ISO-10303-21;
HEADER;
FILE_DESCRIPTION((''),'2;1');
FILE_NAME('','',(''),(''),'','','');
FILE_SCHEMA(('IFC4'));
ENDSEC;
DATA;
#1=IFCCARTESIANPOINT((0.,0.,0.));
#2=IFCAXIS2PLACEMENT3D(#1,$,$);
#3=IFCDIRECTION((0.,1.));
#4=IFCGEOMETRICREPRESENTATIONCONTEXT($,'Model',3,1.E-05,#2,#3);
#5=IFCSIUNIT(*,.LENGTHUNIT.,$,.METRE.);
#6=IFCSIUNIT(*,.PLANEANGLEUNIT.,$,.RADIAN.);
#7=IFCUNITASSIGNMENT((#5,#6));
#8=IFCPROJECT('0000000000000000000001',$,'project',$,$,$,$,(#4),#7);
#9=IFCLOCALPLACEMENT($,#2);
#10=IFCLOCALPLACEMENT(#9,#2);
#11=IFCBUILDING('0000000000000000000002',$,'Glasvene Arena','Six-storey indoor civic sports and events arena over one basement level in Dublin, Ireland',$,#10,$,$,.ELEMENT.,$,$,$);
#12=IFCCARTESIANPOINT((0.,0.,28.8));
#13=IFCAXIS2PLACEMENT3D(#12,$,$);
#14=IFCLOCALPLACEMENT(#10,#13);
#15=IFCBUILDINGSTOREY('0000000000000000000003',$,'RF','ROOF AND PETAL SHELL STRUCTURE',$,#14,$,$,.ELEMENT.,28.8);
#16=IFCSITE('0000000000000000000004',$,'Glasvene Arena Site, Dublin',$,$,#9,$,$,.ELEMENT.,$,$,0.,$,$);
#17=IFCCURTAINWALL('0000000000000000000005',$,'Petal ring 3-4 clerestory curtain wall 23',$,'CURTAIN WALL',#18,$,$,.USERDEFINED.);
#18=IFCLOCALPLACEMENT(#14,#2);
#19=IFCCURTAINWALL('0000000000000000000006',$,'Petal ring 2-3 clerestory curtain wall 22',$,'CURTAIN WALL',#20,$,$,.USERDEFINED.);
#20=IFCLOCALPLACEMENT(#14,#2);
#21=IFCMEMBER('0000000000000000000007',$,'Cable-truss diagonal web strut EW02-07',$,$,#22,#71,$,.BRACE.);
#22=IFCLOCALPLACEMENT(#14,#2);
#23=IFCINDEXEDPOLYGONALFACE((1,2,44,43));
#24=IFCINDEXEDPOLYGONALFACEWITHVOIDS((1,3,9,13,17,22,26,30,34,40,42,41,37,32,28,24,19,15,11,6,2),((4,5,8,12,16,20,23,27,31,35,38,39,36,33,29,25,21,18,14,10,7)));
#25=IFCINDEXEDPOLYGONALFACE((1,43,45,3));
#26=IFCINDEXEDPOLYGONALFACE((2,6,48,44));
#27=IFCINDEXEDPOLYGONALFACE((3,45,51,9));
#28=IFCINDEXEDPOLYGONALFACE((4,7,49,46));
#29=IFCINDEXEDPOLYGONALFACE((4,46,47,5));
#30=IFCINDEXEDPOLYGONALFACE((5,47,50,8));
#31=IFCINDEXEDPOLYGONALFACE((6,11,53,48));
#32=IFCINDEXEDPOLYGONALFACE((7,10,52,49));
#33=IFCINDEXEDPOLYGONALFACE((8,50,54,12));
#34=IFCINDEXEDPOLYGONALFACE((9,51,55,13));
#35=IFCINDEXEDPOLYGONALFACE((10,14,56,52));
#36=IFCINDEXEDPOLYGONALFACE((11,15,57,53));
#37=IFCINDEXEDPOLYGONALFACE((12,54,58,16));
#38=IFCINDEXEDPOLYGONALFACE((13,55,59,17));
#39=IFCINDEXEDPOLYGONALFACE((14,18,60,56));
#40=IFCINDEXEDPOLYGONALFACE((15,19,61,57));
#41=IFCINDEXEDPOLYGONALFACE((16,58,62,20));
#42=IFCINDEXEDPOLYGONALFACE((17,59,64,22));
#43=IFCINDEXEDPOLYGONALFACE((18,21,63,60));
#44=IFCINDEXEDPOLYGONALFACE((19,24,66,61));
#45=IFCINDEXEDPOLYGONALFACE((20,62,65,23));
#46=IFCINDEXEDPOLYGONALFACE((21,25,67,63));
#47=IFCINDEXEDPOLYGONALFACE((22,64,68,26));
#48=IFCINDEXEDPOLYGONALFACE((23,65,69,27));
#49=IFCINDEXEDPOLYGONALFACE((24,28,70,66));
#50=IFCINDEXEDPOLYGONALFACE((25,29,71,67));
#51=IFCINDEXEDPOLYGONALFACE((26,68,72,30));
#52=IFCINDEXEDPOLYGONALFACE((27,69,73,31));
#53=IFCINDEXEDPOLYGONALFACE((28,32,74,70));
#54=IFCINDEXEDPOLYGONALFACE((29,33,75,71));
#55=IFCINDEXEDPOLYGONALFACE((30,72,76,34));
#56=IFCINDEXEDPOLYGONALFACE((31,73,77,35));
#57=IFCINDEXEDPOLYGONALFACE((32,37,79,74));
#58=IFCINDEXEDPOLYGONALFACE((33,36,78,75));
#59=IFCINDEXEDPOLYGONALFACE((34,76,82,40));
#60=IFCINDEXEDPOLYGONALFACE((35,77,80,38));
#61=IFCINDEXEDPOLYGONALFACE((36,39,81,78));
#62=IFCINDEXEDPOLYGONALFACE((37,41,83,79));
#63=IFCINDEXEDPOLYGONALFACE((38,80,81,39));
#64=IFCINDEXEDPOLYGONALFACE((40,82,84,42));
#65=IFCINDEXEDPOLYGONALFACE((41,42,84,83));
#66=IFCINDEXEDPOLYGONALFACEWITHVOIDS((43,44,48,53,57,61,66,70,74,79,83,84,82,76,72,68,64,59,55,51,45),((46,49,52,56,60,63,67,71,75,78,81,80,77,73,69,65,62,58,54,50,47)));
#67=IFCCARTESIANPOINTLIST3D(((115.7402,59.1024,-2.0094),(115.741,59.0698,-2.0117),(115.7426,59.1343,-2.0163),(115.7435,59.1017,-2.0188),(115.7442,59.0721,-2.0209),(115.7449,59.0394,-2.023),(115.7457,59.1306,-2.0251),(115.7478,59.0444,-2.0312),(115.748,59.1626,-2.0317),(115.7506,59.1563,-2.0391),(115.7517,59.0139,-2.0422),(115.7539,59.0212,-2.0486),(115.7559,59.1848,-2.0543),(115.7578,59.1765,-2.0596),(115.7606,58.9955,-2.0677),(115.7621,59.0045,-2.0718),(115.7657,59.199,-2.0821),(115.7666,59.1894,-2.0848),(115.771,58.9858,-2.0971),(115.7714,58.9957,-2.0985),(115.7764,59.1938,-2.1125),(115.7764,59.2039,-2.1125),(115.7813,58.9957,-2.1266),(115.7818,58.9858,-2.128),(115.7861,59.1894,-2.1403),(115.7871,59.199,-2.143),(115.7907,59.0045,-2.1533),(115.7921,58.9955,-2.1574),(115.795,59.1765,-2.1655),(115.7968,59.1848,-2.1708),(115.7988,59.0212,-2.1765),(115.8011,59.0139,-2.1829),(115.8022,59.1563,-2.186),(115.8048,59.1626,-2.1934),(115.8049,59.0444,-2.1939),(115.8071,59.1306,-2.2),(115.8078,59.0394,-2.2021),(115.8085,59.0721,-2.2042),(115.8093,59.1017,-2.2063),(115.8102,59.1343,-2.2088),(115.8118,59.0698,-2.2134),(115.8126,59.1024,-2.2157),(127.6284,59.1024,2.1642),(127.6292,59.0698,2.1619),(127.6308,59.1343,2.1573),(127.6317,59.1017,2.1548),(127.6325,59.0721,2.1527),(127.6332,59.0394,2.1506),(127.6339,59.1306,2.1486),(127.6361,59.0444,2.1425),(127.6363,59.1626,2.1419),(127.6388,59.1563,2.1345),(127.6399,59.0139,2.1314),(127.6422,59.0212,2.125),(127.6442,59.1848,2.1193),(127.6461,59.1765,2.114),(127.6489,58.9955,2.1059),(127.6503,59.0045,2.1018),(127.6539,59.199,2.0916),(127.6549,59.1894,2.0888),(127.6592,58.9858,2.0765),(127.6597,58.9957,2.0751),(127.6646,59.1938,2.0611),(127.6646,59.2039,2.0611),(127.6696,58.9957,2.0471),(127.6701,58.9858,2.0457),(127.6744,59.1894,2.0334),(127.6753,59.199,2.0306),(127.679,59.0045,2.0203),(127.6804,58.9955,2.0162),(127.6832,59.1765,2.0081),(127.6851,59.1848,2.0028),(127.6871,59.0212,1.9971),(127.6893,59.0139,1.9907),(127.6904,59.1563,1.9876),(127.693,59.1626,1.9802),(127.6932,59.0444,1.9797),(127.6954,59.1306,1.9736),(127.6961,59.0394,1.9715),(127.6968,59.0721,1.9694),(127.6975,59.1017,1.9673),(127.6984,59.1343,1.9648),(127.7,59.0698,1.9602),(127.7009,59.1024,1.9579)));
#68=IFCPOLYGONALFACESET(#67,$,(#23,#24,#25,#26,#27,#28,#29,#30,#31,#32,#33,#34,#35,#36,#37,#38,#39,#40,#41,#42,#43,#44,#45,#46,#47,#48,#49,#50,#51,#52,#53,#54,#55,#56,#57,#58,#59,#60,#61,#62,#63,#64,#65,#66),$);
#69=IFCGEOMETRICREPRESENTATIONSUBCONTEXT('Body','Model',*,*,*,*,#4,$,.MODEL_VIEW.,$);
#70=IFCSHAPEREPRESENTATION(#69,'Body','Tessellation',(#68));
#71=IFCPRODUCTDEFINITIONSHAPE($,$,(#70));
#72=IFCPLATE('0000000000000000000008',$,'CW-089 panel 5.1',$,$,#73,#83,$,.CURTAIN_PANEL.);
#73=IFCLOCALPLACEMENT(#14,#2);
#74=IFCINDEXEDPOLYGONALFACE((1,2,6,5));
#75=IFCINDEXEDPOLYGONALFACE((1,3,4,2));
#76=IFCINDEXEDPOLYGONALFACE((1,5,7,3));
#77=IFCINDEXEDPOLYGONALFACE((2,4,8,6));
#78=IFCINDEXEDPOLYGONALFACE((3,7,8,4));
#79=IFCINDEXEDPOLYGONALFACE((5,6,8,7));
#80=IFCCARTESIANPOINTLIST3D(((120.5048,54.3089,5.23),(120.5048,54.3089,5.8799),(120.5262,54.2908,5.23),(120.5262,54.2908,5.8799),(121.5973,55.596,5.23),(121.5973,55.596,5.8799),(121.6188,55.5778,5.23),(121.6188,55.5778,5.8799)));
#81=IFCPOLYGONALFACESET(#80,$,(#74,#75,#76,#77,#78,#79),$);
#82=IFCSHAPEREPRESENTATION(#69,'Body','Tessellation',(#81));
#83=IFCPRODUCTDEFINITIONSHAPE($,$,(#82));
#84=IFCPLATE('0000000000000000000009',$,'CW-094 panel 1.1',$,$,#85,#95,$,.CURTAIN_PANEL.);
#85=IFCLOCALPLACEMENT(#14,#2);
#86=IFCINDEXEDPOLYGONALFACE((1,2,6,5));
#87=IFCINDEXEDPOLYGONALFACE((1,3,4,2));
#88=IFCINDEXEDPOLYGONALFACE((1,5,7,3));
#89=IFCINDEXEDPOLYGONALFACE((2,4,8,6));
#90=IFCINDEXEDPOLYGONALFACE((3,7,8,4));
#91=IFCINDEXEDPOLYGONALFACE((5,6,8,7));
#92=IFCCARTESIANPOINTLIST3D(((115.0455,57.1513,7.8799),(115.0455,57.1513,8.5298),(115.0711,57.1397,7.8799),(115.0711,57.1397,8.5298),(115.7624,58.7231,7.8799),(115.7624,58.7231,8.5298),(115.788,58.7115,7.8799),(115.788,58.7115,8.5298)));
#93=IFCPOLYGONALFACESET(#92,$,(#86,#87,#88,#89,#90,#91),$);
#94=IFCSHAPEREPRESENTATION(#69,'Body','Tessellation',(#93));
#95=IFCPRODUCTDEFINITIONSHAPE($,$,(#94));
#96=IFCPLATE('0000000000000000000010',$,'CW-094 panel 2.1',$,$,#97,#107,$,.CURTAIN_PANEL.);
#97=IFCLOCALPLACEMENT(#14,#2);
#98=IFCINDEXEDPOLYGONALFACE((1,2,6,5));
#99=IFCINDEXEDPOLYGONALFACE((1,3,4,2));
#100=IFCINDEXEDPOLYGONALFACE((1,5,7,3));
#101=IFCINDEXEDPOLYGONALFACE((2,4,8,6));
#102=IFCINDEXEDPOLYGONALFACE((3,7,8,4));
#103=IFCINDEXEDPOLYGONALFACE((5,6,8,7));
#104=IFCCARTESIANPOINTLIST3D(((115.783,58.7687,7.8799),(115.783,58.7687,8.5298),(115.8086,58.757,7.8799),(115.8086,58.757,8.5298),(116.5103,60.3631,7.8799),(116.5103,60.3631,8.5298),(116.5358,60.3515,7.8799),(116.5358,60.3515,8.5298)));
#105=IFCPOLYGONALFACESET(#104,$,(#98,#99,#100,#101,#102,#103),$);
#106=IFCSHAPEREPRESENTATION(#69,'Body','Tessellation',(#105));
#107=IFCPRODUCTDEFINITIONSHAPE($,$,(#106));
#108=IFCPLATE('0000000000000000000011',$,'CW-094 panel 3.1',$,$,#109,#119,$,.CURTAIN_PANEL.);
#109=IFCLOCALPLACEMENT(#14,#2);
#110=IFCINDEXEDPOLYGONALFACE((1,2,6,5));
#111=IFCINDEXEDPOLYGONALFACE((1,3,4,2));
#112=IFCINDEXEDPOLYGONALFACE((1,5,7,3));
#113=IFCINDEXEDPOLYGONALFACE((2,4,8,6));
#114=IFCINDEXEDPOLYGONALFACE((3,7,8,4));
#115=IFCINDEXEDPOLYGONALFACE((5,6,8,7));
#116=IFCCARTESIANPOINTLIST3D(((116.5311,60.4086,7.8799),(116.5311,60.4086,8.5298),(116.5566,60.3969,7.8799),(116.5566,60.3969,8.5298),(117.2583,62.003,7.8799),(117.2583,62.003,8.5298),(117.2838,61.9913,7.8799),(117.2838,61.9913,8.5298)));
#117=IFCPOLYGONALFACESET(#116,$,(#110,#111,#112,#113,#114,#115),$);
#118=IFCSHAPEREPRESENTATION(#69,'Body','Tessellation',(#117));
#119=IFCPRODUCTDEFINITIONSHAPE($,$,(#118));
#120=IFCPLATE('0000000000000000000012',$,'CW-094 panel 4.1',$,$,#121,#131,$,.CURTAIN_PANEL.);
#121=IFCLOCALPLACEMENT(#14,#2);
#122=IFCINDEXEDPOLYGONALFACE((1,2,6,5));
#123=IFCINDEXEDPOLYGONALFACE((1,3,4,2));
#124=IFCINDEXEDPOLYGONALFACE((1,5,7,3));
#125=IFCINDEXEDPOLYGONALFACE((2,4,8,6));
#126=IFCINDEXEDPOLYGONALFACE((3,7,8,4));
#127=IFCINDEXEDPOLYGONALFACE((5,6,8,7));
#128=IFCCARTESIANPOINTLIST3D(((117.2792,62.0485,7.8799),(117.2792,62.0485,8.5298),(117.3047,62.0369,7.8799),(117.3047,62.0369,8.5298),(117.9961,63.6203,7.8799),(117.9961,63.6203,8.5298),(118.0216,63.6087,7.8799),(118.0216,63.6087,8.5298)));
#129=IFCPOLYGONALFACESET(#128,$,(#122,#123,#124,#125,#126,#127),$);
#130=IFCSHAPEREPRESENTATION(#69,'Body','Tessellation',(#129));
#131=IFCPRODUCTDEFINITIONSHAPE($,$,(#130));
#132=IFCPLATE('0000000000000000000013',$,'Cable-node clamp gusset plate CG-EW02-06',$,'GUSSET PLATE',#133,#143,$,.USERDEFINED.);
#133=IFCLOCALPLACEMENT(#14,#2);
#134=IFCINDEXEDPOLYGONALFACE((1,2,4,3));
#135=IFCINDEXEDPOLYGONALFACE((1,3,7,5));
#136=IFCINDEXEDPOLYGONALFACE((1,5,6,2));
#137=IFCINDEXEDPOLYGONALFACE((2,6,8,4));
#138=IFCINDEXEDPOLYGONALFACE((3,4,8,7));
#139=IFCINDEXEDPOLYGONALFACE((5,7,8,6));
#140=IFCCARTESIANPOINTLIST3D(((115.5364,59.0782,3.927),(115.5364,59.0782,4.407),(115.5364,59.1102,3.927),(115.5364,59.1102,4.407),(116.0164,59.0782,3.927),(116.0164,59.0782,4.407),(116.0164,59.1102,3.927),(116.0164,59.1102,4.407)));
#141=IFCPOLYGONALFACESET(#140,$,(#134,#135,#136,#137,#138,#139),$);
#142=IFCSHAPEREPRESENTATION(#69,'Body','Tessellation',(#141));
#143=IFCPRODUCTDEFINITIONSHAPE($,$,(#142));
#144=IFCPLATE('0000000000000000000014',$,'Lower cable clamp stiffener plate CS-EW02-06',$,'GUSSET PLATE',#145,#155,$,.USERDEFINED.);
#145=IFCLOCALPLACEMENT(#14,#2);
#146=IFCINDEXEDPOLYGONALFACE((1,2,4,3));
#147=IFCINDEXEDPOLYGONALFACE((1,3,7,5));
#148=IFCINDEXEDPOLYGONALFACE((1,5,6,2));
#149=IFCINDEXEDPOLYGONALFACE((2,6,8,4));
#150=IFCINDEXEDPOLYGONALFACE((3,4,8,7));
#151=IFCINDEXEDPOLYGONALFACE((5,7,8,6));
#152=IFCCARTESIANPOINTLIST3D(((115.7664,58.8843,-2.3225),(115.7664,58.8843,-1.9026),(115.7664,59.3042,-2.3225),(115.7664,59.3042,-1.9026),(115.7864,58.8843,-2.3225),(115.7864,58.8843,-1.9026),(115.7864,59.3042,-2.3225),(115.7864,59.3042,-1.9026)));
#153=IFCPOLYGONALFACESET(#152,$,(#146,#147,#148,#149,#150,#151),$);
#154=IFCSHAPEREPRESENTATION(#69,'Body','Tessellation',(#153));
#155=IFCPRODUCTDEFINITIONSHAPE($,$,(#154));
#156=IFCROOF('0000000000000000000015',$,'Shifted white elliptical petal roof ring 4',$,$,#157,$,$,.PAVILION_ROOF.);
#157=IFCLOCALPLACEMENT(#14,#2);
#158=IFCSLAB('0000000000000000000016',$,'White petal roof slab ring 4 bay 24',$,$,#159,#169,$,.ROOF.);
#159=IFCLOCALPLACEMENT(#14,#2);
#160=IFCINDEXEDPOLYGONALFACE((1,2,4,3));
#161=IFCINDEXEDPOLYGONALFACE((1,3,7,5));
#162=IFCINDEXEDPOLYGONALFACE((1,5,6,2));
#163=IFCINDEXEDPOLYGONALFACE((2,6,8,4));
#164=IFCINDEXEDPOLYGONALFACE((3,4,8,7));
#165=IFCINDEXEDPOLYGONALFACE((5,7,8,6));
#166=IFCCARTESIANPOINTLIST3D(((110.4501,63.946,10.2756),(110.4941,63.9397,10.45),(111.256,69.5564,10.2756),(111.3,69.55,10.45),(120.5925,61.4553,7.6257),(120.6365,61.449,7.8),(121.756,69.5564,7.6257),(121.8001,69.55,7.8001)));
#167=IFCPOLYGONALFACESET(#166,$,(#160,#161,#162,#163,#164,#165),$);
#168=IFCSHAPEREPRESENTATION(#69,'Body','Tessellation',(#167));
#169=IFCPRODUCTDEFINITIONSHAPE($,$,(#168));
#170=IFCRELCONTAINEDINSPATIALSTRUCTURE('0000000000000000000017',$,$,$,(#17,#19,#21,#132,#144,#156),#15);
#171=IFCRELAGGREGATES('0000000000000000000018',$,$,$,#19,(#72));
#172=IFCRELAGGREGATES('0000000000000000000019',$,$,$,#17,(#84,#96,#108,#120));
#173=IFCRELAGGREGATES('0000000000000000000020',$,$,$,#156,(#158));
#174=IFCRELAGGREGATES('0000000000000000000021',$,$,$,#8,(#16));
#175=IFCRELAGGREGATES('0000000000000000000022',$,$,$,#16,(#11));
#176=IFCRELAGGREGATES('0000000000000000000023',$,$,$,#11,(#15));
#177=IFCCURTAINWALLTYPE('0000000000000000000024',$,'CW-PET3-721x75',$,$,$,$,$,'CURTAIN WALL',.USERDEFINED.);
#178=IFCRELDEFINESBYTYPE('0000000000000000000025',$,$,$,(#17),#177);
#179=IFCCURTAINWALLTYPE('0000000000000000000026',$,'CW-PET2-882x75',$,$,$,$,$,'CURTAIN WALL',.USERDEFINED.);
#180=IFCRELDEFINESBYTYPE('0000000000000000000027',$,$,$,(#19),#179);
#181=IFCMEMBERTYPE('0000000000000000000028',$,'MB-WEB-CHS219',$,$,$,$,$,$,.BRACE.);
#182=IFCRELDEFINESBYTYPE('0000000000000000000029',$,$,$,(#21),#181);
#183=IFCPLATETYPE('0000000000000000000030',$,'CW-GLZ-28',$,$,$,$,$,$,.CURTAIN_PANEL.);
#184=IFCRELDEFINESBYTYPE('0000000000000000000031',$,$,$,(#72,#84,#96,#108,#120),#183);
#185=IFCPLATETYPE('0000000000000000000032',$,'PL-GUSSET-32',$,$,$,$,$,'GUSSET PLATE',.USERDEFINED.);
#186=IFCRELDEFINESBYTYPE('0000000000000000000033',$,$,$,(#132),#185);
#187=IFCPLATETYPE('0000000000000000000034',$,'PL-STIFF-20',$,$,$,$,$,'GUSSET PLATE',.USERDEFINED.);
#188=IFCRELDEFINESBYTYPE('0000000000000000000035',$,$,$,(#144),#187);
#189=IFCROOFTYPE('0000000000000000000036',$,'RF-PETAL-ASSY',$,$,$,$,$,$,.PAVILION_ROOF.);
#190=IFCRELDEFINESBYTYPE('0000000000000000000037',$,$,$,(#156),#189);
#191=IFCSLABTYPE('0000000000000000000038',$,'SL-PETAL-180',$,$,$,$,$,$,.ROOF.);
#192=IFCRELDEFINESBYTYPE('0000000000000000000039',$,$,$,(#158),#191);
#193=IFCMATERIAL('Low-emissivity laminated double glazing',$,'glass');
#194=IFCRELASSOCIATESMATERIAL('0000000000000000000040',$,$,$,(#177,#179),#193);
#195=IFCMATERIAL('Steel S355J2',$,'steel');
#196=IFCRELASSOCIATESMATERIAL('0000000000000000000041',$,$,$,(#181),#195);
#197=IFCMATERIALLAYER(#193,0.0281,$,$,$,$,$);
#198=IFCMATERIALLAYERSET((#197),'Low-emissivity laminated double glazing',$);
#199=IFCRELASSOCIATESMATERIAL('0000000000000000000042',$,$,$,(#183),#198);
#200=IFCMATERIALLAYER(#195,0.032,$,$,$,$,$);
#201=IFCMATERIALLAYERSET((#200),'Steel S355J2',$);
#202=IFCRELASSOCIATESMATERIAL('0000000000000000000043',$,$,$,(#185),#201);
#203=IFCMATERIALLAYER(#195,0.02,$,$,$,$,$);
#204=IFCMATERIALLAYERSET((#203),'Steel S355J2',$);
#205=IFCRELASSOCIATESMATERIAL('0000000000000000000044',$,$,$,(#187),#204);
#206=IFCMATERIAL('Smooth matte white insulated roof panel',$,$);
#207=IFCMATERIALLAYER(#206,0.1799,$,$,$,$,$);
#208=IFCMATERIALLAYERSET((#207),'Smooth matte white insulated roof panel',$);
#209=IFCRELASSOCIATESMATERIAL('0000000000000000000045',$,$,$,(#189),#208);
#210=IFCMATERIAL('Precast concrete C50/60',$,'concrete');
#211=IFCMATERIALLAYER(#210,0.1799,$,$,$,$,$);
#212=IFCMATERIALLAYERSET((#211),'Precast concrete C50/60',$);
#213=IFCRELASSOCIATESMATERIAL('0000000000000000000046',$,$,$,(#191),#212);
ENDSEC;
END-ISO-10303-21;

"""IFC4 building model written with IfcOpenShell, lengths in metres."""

from ifc_helpers import new_model, si_unit, direction, frame, origin, origin_2d, place, context, subcontext, project, spatial, polyline, rectangle, hollow_circle, outline, extrude, material, layer, layer_set, material_profile, profile_set, type_object, element, aggregate, save


model = new_model("IFC4")

# Units and contexts
model_context = context("Model", 3, precision=1e-05, world=origin(), true_north=direction((0.0, 1.0)))
body_context = subcontext(model_context, "Body", "Model", "MODEL_VIEW")
ifc_project = project(units=[si_unit("LENGTHUNIT", "METRE"), si_unit("PLANEANGLEUNIT", "RADIAN")], contexts=[model_context])

# Site, building, storey
site_placement = place(None, origin())
site = spatial("IfcSite", under=ifc_project, at=site_placement, Name="Glasvene Arena Site, Dublin", CompositionType="ELEMENT", RefElevation=0.0)
building_placement = place(site_placement, origin())
building = spatial("IfcBuilding", under=site, at=building_placement, Name="Glasvene Arena", Description="Six-storey indoor civic sports and events arena over one basement level in Dublin, Ireland", CompositionType="ELEMENT")
storey_placement = place(building_placement, frame((0.0, 0.0, 28.8)))
storey = spatial("IfcBuildingStorey", under=building, at=storey_placement, Name="RF", Description="ROOF AND PETAL SHELL STRUCTURE", CompositionType="ELEMENT", Elevation=28.8)

# Shared definitions
ifc_material_1 = material(Name="Low-emissivity laminated double glazing", Category="glass")

# Curtain walls
curtain_wall_type_1 = type_object("IfcCurtainWallType", Name="CW-PET3-721x75", ElementType="CURTAIN WALL", PredefinedType="USERDEFINED", material=ifc_material_1)
curtain_wall_1_placement = place(storey_placement, frame((115.0376, 57.1001, 0.0)))
curtain_wall_1 = element("IfcCurtainWall", 1, at=curtain_wall_1_placement, inside=storey, type_object=curtain_wall_type_1, Name="Petal ring 3-4 clerestory curtain wall 23", ObjectType="CURTAIN WALL", PredefinedType="USERDEFINED")
curtain_wall_type_2 = type_object("IfcCurtainWallType", Name="CW-PET2-882x75", ElementType="CURTAIN WALL", PredefinedType="USERDEFINED", material=ifc_material_1)
curtain_wall_2_placement = place(storey_placement, frame((115.9351, 48.9043, 0.0)))
curtain_wall_2 = element("IfcCurtainWall", 2, at=curtain_wall_2_placement, inside=storey, type_object=curtain_wall_type_2, Name="Petal ring 2-3 clerestory curtain wall 22", ObjectType="CURTAIN WALL", PredefinedType="USERDEFINED")

# Member
ifc_material_2 = material(Name="Steel S355J2", Category="steel")
ifc_material_profile_1 = material_profile(ifc_material_2, hollow_circle(Radius=0.1096, WallThickness=0.01, at=origin_2d()), Name="CHS 219.1x10.0")
ifc_profile_set_1 = profile_set([ifc_material_profile_1], Name="Steel S355J2")
member_type_1 = type_object("IfcMemberType", Name="MB-WEB-CHS219", PredefinedType="BRACE", material=ifc_profile_set_1)
member_1_placement = place(storey_placement, frame((115.7764, 59.0942, -2.1125), z_axis=(0.943543, 0.0, 0.33125), x_axis=(0.0, 1.0, 0.0)))
element("IfcMember", 3, at=member_1_placement, inside=storey, type_object=member_type_1, Name="Cable-truss diagonal web strut EW02-07", PredefinedType="BRACE", context=body_context, shape_type="SweptSolid", body=[
    extrude(hollow_circle(Radius=0.1096, WallThickness=0.01, at=origin_2d()), origin(), (0.0, 0.0, 1.0), 12.5996),
])

# Plates
ifc_layer_1 = layer(ifc_material_1, 0.0281)
ifc_layer_set_1 = layer_set([ifc_layer_1], Name="Low-emissivity laminated double glazing")
plate_type_1 = type_object("IfcPlateType", Name="CW-GLZ-28", PredefinedType="CURTAIN_PANEL", material=ifc_layer_set_1)
plate_1_placement = place(storey_placement, frame((121.0618, 54.9434, 5.23), z_axis=(0.0, 0.0, 1.0), x_axis=(0.647167, 0.762348, 0.0)))
plate_1 = element("IfcPlate", 4, at=plate_1_placement, type_object=plate_type_1, Name="CW-089 panel 5.1", PredefinedType="CURTAIN_PANEL", context=body_context, shape_type="SweptSolid", body=[
    extrude(rectangle(XDim=1.6882, YDim=0.0281, at=origin_2d()), origin(), (0.0, 0.0, 1.0), 0.6499),
])
aggregate(curtain_wall_2, [plate_1])
plate_2_placement = place(storey_placement, frame((115.4167, 57.9314, 7.8799), z_axis=(0.0, 0.0, 1.0), x_axis=(0.414968, 0.909836, 0.0)))
plate_2 = element("IfcPlate", 5, at=plate_2_placement, type_object=plate_type_1, Name="CW-094 panel 1.1", PredefinedType="CURTAIN_PANEL", context=body_context, shape_type="SweptSolid", body=[
    extrude(rectangle(XDim=1.7275, YDim=0.0281, at=origin_2d()), origin(), (0.0, 0.0, 1.0), 0.6499),
])
plate_3_placement = place(storey_placement, frame((116.1594, 59.5601, 7.8799), z_axis=(0.0, 0.0, 1.0), x_axis=(0.414968, 0.909836, 0.0)))
plate_3 = element("IfcPlate", 6, at=plate_3_placement, type_object=plate_type_1, Name="CW-094 panel 2.1", PredefinedType="CURTAIN_PANEL", context=body_context, shape_type="SweptSolid", body=[
    extrude(rectangle(XDim=1.7524, YDim=0.0281, at=origin_2d()), origin(), (0.0, 0.0, 1.0), 0.6499),
])
plate_4_placement = place(storey_placement, frame((116.9075, 61.2, 7.8799), z_axis=(0.0, 0.0, 1.0), x_axis=(0.414968, 0.909836, 0.0)))
plate_4 = element("IfcPlate", 7, at=plate_4_placement, type_object=plate_type_1, Name="CW-094 panel 3.1", PredefinedType="CURTAIN_PANEL", context=body_context, shape_type="SweptSolid", body=[
    extrude(rectangle(XDim=1.7524, YDim=0.0281, at=origin_2d()), origin(), (0.0, 0.0, 1.0), 0.6499),
])
plate_5_placement = place(storey_placement, frame((117.6504, 62.8286, 7.8799), z_axis=(0.0, 0.0, 1.0), x_axis=(0.414968, 0.909836, 0.0)))
plate_5 = element("IfcPlate", 8, at=plate_5_placement, type_object=plate_type_1, Name="CW-094 panel 4.1", PredefinedType="CURTAIN_PANEL", context=body_context, shape_type="SweptSolid", body=[
    extrude(rectangle(XDim=1.7275, YDim=0.0281, at=origin_2d()), origin(), (0.0, 0.0, 1.0), 0.6499),
])
aggregate(curtain_wall_1, [plate_2, plate_3, plate_4, plate_5])

# Plates
ifc_layer_2 = layer(ifc_material_2, 0.032)
ifc_layer_set_2 = layer_set([ifc_layer_2], Name="Steel S355J2")
plate_type_2 = type_object("IfcPlateType", Name="PL-GUSSET-32", ElementType="GUSSET PLATE", PredefinedType="USERDEFINED", material=ifc_layer_set_2)
plate_6_placement = place(storey_placement, frame((115.7764, 59.0942, 3.927), z_axis=(0.0, 0.0, 1.0), x_axis=(1.0, 0.0, 0.0)))
element("IfcPlate", 9, at=plate_6_placement, inside=storey, type_object=plate_type_2, Name="Cable-node clamp gusset plate CG-EW02-06", ObjectType="GUSSET PLATE", PredefinedType="USERDEFINED", context=body_context, shape_type="SweptSolid", body=[
    extrude(rectangle(XDim=0.48, YDim=0.032, at=origin_2d()), origin(), (0.0, 0.0, 1.0), 0.48),
])
ifc_layer_3 = layer(ifc_material_2, 0.02)
ifc_layer_set_3 = layer_set([ifc_layer_3], Name="Steel S355J2")
plate_type_3 = type_object("IfcPlateType", Name="PL-STIFF-20", ElementType="GUSSET PLATE", PredefinedType="USERDEFINED", material=ifc_layer_set_3)
plate_7_placement = place(storey_placement, frame((115.7764, 59.0942, -2.3225), z_axis=(0.0, 0.0, 1.0), x_axis=(1.0, 0.0, 0.0)))
element("IfcPlate", 10, at=plate_7_placement, inside=storey, type_object=plate_type_3, Name="Lower cable clamp stiffener plate CS-EW02-06", ObjectType="GUSSET PLATE", PredefinedType="USERDEFINED", context=body_context, shape_type="SweptSolid", body=[
    extrude(rectangle(XDim=0.02, YDim=0.4199, at=origin_2d()), origin(), (0.0, 0.0, 1.0), 0.4199),
])

# Roof, slab
ifc_material_3 = material(Name="Smooth matte white insulated roof panel")
ifc_layer_4 = layer(ifc_material_3, 0.1799)
ifc_layer_set_4 = layer_set([ifc_layer_4], Name="Smooth matte white insulated roof panel")
roof_type = type_object("IfcRoofType", Name="RF-PETAL-ASSY", PredefinedType="PAVILION_ROOF", material=ifc_layer_set_4)
roof_placement = place(storey_placement, frame((87.6499, 69.55, 7.8)))
roof = element("IfcRoof", 11, at=roof_placement, inside=storey, type_object=roof_type, Name="Shifted white elliptical petal roof ring 4", PredefinedType="PAVILION_ROOF")
ifc_material_4 = material(Name="Precast concrete C50/60", Category="concrete")
ifc_layer_5 = layer(ifc_material_4, 0.1799)
ifc_layer_set_5 = layer_set([ifc_layer_5], Name="Precast concrete C50/60")
slab_type = type_object("IfcSlabType", Name="SL-PETAL-180", PredefinedType="ROOF", material=ifc_layer_set_5)
slab_placement = place(storey_placement, frame((120.6365, 61.449, 7.8), z_axis=(0.244547, -0.035126, 0.969001), x_axis=(0.142173, 0.989842, 0.000001)))
slab = element("IfcSlab", 12, at=slab_placement, type_object=slab_type, Name="White petal roof slab ring 4 bay 24", PredefinedType="ROOF", context=body_context, shape_type="SweptSolid", body=[
    extrude(outline(polyline([(0.0, 0.0), (8.1842, 0.0), (6.6914, 10.7258), (1.0235, 10.7259), (0.0, 0.0)])), origin(), (0.0, 0.0, -1.0), 0.1799),
])
aggregate(roof, [slab])

save(model, "model.ifc")
